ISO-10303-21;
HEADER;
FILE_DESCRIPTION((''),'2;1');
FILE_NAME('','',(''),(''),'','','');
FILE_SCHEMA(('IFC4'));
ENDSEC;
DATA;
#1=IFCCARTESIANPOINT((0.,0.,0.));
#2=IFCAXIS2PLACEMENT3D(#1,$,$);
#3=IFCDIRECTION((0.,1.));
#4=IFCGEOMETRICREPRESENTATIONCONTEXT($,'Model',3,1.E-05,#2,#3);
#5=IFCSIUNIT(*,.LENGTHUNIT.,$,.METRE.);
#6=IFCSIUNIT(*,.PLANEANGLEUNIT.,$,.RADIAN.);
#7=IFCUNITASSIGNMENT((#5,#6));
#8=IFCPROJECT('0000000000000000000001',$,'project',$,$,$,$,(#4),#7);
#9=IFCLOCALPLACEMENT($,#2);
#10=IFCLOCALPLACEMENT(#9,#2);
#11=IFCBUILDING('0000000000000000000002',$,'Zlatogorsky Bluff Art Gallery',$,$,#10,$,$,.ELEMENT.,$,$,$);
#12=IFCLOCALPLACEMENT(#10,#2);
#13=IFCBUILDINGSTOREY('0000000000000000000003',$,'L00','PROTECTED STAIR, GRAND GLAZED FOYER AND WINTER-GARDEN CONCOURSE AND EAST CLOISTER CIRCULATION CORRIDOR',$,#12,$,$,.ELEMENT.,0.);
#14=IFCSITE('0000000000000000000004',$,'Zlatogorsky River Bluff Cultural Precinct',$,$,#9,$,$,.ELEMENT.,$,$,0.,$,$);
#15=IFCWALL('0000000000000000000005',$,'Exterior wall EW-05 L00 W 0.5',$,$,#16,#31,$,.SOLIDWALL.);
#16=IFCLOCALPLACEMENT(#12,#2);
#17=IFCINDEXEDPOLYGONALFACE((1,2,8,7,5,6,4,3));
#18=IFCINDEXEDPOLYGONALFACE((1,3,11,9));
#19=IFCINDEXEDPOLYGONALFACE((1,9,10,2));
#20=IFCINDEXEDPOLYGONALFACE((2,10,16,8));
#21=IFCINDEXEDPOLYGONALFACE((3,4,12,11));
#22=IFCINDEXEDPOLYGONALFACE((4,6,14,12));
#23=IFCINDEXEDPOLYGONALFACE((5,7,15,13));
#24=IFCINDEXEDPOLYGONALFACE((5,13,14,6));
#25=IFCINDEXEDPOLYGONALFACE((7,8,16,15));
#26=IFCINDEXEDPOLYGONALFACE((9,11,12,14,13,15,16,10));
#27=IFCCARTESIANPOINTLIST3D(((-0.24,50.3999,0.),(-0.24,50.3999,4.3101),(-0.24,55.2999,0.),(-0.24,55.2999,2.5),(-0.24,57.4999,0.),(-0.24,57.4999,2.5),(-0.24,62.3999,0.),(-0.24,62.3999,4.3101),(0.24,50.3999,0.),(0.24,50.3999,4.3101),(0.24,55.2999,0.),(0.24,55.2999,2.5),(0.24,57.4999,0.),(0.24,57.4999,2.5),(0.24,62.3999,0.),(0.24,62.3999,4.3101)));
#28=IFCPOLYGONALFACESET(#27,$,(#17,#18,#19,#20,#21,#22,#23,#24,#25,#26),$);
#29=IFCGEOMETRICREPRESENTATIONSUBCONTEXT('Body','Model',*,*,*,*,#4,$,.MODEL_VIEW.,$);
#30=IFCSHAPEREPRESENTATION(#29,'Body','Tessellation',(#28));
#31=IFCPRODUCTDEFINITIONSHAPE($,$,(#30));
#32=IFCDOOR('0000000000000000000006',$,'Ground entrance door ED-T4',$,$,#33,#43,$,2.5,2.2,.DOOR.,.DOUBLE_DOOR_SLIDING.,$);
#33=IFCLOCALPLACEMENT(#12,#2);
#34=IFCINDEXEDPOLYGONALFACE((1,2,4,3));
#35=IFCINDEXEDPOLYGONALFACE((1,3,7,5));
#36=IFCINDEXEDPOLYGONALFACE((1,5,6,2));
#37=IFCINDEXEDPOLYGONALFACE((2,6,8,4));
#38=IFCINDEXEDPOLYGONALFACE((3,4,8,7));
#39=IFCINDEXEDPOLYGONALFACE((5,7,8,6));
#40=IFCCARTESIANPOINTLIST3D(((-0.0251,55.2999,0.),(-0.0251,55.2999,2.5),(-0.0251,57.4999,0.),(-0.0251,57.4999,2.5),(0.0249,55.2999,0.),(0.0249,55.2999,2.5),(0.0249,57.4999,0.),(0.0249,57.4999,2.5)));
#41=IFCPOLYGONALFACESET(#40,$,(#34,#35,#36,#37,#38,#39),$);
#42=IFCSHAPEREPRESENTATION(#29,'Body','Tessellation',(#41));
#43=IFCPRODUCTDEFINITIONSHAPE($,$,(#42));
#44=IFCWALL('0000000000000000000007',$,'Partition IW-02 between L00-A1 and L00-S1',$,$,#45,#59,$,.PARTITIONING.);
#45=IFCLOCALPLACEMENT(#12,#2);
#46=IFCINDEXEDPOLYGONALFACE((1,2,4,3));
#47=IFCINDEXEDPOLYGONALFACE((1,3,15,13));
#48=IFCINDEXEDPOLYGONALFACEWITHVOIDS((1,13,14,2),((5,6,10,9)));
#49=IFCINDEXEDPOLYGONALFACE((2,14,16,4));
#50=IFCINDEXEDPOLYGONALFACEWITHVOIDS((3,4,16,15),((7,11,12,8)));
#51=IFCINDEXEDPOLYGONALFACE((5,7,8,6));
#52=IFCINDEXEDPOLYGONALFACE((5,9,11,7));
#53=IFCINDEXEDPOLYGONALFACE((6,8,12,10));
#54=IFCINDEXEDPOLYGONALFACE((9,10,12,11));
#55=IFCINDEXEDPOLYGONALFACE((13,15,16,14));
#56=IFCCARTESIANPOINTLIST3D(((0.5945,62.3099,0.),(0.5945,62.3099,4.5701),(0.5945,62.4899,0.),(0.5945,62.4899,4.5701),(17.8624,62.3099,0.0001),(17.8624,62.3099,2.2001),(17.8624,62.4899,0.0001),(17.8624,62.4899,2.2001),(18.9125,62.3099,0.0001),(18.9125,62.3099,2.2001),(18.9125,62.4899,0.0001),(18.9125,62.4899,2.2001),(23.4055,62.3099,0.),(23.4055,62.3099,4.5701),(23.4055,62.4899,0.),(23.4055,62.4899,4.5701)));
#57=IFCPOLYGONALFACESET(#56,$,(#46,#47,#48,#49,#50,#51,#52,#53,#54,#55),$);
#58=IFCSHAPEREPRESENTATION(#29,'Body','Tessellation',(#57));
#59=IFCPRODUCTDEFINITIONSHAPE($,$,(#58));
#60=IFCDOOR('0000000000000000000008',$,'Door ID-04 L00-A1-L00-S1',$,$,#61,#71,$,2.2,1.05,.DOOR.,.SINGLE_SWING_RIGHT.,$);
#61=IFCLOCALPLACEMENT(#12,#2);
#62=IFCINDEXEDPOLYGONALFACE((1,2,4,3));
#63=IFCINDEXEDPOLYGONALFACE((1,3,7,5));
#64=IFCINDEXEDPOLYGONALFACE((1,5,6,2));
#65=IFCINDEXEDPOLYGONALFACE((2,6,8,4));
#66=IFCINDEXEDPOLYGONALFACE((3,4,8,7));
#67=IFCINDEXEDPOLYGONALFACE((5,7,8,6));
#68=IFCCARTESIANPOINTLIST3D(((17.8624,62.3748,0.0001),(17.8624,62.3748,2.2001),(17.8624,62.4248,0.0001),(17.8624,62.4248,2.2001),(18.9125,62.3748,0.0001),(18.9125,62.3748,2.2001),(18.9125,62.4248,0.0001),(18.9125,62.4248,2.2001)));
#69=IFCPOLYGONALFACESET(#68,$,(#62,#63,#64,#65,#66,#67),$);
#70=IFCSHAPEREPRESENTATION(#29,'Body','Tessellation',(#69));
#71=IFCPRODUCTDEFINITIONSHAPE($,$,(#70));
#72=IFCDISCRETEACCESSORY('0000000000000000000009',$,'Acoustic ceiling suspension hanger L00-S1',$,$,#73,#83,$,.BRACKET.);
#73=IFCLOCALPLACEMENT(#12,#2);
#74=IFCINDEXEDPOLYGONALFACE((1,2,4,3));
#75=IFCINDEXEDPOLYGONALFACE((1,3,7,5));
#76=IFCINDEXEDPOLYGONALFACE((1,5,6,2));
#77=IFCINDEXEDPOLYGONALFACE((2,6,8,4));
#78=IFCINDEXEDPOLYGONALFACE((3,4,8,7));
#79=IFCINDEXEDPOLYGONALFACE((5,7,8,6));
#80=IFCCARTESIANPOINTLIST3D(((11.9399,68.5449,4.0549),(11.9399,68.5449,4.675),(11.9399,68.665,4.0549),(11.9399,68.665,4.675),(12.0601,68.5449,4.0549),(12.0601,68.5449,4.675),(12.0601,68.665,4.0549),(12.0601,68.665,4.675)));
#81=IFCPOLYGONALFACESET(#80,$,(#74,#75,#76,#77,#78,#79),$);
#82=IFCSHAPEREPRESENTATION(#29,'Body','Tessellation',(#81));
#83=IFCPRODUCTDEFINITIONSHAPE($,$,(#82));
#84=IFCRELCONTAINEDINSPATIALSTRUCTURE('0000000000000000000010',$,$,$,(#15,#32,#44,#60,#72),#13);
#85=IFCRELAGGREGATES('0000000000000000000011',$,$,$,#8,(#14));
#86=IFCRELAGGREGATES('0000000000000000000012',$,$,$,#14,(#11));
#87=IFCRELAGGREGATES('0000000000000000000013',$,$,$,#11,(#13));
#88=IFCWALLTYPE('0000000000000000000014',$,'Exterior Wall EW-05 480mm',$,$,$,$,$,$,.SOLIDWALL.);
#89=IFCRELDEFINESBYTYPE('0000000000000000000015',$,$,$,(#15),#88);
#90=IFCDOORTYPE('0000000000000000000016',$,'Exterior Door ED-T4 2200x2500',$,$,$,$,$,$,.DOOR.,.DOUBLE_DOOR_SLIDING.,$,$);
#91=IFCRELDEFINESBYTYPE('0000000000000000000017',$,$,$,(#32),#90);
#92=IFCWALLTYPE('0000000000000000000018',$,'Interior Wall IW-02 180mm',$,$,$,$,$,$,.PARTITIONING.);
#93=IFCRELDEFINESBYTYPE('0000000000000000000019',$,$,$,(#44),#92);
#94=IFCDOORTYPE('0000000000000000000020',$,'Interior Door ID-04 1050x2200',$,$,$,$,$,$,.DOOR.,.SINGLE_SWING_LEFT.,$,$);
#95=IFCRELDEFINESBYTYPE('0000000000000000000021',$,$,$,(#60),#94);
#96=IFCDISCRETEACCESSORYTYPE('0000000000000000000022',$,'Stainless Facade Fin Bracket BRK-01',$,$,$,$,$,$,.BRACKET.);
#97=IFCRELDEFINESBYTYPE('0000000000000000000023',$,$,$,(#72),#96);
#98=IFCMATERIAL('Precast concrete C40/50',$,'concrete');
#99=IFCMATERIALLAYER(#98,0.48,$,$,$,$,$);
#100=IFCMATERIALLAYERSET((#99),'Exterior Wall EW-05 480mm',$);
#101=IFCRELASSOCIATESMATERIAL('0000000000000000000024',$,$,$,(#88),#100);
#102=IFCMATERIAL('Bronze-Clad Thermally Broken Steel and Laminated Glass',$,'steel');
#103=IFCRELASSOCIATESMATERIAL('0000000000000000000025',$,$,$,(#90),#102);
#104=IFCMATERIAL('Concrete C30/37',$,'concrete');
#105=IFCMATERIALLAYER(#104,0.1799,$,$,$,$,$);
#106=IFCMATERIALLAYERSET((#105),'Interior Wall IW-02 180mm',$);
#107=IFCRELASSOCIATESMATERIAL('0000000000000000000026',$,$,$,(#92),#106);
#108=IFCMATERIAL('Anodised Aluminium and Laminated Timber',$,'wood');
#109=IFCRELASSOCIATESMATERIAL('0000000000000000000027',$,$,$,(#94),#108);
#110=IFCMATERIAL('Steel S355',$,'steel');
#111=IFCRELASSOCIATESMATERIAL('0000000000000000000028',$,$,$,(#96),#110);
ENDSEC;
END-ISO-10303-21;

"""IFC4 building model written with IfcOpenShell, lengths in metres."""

from ifc_helpers import new_model, si_unit, direction, frame, frame_2d, origin, origin_2d, place, context, subcontext, project, spatial, rectangle, extrude, material, layer, layer_set, type_object, element, fill, save


model = new_model("IFC4")

# Units and contexts
model_context = context("Model", 3, precision=1e-05, world=origin(), true_north=direction((0.0, 1.0)))
body_context = subcontext(model_context, "Body", "Model", "MODEL_VIEW")
ifc_project = project(units=[si_unit("LENGTHUNIT", "METRE"), si_unit("PLANEANGLEUNIT", "RADIAN")], contexts=[model_context])

# Site, building, storey
site_placement = place(None, origin())
site = spatial("IfcSite", under=ifc_project, at=site_placement, Name="Zlatogorsky River Bluff Cultural Precinct", CompositionType="ELEMENT", RefElevation=0.0)
building_placement = place(site_placement, origin())
building = spatial("IfcBuilding", under=site, at=building_placement, Name="Zlatogorsky Bluff Art Gallery", CompositionType="ELEMENT")
storey_placement = place(building_placement, origin())
storey = spatial("IfcBuildingStorey", under=building, at=storey_placement, Name="L00", Description="PROTECTED STAIR, GRAND GLAZED FOYER AND WINTER-GARDEN CONCOURSE AND EAST CLOISTER CIRCULATION CORRIDOR", CompositionType="ELEMENT", Elevation=0.0)

# Shared definitions
ifc_material_1 = material(Name="Steel S355", Category="steel")

# Shared definitions
ifc_material_2 = material(Name="Precast concrete C40/50", Category="concrete")

# Shared definitions
ifc_material_3 = material(Name="Bronze-Clad Thermally Broken Steel and Laminated Glass", Category="steel")

# Walls, openings, doors
ifc_layer_1 = layer(ifc_material_2, 0.48)
ifc_layer_set_1 = layer_set([ifc_layer_1], Name="Exterior Wall EW-05 480mm")
wall_type_1 = type_object("IfcWallType", Name="Exterior Wall EW-05 480mm", PredefinedType="SOLIDWALL", material=ifc_layer_set_1)
wall_1_placement = place(storey_placement, frame((0.0, 62.3999, 0.0), z_axis=(0.0, 0.0, 1.0), x_axis=(0.0, -1.0, 0.0)))
wall_1 = element("IfcWall", 1, at=wall_1_placement, inside=storey, type_object=wall_type_1, Name="Exterior wall EW-05 L00 W 0.5", PredefinedType="SOLIDWALL", context=body_context, shape_type="SweptSolid", body=[
    extrude(rectangle(XDim=12.0, YDim=0.48, at=frame_2d((6.0, 0.0))), origin(), (0.0, 0.0, 1.0), 4.3101),
])
opening_1_placement = place(wall_1_placement, frame((4.8999, 0.0, 0.0)))
opening_1 = element("IfcOpeningElement", 2, at=opening_1_placement, cuts=wall_1, PredefinedType="OPENING", context=body_context, shape_type="SweptSolid", body=[
    extrude(rectangle(XDim=2.2, YDim=2.5, at=frame_2d((1.1001, 1.25))), frame((0.0, 0.25, 0.0), z_axis=(0.0, -1.0, 0.0), x_axis=(1.0, 0.0, 0.0)), (0.0, 0.0, 1.0), 0.5),
])
door_type_1 = type_object("IfcDoorType", Name="Exterior Door ED-T4 2200x2500", OperationType="DOUBLE_DOOR_SLIDING", PredefinedType="DOOR", material=ifc_material_3)
door_1_placement = place(opening_1_placement, origin())
door_1 = element("IfcDoor", 3, at=door_1_placement, inside=storey, type_object=door_type_1, Name="Ground entrance door ED-T4", OperationType="DOUBLE_DOOR_SLIDING", OverallHeight=2.5, OverallWidth=2.2, PredefinedType="DOOR", context=body_context, shape_type="SweptSolid", body=[
    extrude(rectangle(XDim=2.2, YDim=2.5, at=frame_2d((1.1001, 1.25))), frame((0.0, 0.0249, 0.0), z_axis=(0.0, -1.0, 0.0), x_axis=(1.0, 0.0, 0.0)), (0.0, 0.0, 1.0), 0.05),
])
fill(opening_1, door_1)
ifc_material_4 = material(Name="Concrete C30/37", Category="concrete")
ifc_layer_2 = layer(ifc_material_4, 0.1799)
ifc_layer_set_2 = layer_set([ifc_layer_2], Name="Interior Wall IW-02 180mm")
wall_type_2 = type_object("IfcWallType", Name="Interior Wall IW-02 180mm", PredefinedType="PARTITIONING", material=ifc_layer_set_2)
wall_2_placement = place(storey_placement, frame((0.5945, 62.3999, 0.0), z_axis=(0.0, 0.0, 1.0), x_axis=(1.0, 0.0, 0.0)))
wall_2 = element("IfcWall", 4, at=wall_2_placement, inside=storey, type_object=wall_type_2, Name="Partition IW-02 between L00-A1 and L00-S1", PredefinedType="PARTITIONING", context=body_context, shape_type="SweptSolid", body=[
    extrude(rectangle(XDim=22.811, YDim=0.1799, at=frame_2d((11.4055, 0.0))), origin(), (0.0, 0.0, 1.0), 4.5701),
])
opening_2_placement = place(wall_2_placement, frame((17.2681, 0.0, 0.0)))
opening_2 = element("IfcOpeningElement", 5, at=opening_2_placement, cuts=wall_2, PredefinedType="OPENING", context=body_context, shape_type="SweptSolid", body=[
    extrude(rectangle(XDim=1.05, YDim=2.2, at=frame_2d((0.5249, 1.1001))), frame((0.0, 0.0999, 0.0), z_axis=(0.0, -1.0, 0.0), x_axis=(1.0, 0.0, 0.0)), (0.0, 0.0, 1.0), 0.2),
])
ifc_material_5 = material(Name="Anodised Aluminium and Laminated Timber", Category="wood")
door_type_2 = type_object("IfcDoorType", Name="Interior Door ID-04 1050x2200", OperationType="SINGLE_SWING_LEFT", PredefinedType="DOOR", material=ifc_material_5)
door_2_placement = place(opening_2_placement, origin())
door_2 = element("IfcDoor", 6, at=door_2_placement, inside=storey, type_object=door_type_2, Name="Door ID-04 L00-A1-L00-S1", OperationType="SINGLE_SWING_RIGHT", OverallHeight=2.2, OverallWidth=1.05, PredefinedType="DOOR", context=body_context, shape_type="SweptSolid", body=[
    extrude(rectangle(XDim=1.05, YDim=2.2, at=frame_2d((0.5249, 1.1001))), frame((0.0, 0.0249, 0.0), z_axis=(0.0, -1.0, 0.0), x_axis=(1.0, 0.0, 0.0)), (0.0, 0.0, 1.0), 0.05),
])
fill(opening_2, door_2)

# Discrete accessory
discrete_accessory_type = type_object("IfcDiscreteAccessoryType", Name="Stainless Facade Fin Bracket BRK-01", PredefinedType="BRACKET", material=ifc_material_1)
discrete_accessory_placement = place(storey_placement, frame((12.0, 68.605, 4.0549), z_axis=(0.0, 0.0, 1.0), x_axis=(1.0, 0.0, 0.0)))
element("IfcDiscreteAccessory", 7, at=discrete_accessory_placement, inside=storey, type_object=discrete_accessory_type, Name="Acoustic ceiling suspension hanger L00-S1", PredefinedType="BRACKET", context=body_context, shape_type="SweptSolid", body=[
    extrude(rectangle(XDim=0.1201, YDim=0.1201, at=origin_2d()), origin(), (0.0, 0.0, 1.0), 0.6201),
])

save(model, "model.ifc")
